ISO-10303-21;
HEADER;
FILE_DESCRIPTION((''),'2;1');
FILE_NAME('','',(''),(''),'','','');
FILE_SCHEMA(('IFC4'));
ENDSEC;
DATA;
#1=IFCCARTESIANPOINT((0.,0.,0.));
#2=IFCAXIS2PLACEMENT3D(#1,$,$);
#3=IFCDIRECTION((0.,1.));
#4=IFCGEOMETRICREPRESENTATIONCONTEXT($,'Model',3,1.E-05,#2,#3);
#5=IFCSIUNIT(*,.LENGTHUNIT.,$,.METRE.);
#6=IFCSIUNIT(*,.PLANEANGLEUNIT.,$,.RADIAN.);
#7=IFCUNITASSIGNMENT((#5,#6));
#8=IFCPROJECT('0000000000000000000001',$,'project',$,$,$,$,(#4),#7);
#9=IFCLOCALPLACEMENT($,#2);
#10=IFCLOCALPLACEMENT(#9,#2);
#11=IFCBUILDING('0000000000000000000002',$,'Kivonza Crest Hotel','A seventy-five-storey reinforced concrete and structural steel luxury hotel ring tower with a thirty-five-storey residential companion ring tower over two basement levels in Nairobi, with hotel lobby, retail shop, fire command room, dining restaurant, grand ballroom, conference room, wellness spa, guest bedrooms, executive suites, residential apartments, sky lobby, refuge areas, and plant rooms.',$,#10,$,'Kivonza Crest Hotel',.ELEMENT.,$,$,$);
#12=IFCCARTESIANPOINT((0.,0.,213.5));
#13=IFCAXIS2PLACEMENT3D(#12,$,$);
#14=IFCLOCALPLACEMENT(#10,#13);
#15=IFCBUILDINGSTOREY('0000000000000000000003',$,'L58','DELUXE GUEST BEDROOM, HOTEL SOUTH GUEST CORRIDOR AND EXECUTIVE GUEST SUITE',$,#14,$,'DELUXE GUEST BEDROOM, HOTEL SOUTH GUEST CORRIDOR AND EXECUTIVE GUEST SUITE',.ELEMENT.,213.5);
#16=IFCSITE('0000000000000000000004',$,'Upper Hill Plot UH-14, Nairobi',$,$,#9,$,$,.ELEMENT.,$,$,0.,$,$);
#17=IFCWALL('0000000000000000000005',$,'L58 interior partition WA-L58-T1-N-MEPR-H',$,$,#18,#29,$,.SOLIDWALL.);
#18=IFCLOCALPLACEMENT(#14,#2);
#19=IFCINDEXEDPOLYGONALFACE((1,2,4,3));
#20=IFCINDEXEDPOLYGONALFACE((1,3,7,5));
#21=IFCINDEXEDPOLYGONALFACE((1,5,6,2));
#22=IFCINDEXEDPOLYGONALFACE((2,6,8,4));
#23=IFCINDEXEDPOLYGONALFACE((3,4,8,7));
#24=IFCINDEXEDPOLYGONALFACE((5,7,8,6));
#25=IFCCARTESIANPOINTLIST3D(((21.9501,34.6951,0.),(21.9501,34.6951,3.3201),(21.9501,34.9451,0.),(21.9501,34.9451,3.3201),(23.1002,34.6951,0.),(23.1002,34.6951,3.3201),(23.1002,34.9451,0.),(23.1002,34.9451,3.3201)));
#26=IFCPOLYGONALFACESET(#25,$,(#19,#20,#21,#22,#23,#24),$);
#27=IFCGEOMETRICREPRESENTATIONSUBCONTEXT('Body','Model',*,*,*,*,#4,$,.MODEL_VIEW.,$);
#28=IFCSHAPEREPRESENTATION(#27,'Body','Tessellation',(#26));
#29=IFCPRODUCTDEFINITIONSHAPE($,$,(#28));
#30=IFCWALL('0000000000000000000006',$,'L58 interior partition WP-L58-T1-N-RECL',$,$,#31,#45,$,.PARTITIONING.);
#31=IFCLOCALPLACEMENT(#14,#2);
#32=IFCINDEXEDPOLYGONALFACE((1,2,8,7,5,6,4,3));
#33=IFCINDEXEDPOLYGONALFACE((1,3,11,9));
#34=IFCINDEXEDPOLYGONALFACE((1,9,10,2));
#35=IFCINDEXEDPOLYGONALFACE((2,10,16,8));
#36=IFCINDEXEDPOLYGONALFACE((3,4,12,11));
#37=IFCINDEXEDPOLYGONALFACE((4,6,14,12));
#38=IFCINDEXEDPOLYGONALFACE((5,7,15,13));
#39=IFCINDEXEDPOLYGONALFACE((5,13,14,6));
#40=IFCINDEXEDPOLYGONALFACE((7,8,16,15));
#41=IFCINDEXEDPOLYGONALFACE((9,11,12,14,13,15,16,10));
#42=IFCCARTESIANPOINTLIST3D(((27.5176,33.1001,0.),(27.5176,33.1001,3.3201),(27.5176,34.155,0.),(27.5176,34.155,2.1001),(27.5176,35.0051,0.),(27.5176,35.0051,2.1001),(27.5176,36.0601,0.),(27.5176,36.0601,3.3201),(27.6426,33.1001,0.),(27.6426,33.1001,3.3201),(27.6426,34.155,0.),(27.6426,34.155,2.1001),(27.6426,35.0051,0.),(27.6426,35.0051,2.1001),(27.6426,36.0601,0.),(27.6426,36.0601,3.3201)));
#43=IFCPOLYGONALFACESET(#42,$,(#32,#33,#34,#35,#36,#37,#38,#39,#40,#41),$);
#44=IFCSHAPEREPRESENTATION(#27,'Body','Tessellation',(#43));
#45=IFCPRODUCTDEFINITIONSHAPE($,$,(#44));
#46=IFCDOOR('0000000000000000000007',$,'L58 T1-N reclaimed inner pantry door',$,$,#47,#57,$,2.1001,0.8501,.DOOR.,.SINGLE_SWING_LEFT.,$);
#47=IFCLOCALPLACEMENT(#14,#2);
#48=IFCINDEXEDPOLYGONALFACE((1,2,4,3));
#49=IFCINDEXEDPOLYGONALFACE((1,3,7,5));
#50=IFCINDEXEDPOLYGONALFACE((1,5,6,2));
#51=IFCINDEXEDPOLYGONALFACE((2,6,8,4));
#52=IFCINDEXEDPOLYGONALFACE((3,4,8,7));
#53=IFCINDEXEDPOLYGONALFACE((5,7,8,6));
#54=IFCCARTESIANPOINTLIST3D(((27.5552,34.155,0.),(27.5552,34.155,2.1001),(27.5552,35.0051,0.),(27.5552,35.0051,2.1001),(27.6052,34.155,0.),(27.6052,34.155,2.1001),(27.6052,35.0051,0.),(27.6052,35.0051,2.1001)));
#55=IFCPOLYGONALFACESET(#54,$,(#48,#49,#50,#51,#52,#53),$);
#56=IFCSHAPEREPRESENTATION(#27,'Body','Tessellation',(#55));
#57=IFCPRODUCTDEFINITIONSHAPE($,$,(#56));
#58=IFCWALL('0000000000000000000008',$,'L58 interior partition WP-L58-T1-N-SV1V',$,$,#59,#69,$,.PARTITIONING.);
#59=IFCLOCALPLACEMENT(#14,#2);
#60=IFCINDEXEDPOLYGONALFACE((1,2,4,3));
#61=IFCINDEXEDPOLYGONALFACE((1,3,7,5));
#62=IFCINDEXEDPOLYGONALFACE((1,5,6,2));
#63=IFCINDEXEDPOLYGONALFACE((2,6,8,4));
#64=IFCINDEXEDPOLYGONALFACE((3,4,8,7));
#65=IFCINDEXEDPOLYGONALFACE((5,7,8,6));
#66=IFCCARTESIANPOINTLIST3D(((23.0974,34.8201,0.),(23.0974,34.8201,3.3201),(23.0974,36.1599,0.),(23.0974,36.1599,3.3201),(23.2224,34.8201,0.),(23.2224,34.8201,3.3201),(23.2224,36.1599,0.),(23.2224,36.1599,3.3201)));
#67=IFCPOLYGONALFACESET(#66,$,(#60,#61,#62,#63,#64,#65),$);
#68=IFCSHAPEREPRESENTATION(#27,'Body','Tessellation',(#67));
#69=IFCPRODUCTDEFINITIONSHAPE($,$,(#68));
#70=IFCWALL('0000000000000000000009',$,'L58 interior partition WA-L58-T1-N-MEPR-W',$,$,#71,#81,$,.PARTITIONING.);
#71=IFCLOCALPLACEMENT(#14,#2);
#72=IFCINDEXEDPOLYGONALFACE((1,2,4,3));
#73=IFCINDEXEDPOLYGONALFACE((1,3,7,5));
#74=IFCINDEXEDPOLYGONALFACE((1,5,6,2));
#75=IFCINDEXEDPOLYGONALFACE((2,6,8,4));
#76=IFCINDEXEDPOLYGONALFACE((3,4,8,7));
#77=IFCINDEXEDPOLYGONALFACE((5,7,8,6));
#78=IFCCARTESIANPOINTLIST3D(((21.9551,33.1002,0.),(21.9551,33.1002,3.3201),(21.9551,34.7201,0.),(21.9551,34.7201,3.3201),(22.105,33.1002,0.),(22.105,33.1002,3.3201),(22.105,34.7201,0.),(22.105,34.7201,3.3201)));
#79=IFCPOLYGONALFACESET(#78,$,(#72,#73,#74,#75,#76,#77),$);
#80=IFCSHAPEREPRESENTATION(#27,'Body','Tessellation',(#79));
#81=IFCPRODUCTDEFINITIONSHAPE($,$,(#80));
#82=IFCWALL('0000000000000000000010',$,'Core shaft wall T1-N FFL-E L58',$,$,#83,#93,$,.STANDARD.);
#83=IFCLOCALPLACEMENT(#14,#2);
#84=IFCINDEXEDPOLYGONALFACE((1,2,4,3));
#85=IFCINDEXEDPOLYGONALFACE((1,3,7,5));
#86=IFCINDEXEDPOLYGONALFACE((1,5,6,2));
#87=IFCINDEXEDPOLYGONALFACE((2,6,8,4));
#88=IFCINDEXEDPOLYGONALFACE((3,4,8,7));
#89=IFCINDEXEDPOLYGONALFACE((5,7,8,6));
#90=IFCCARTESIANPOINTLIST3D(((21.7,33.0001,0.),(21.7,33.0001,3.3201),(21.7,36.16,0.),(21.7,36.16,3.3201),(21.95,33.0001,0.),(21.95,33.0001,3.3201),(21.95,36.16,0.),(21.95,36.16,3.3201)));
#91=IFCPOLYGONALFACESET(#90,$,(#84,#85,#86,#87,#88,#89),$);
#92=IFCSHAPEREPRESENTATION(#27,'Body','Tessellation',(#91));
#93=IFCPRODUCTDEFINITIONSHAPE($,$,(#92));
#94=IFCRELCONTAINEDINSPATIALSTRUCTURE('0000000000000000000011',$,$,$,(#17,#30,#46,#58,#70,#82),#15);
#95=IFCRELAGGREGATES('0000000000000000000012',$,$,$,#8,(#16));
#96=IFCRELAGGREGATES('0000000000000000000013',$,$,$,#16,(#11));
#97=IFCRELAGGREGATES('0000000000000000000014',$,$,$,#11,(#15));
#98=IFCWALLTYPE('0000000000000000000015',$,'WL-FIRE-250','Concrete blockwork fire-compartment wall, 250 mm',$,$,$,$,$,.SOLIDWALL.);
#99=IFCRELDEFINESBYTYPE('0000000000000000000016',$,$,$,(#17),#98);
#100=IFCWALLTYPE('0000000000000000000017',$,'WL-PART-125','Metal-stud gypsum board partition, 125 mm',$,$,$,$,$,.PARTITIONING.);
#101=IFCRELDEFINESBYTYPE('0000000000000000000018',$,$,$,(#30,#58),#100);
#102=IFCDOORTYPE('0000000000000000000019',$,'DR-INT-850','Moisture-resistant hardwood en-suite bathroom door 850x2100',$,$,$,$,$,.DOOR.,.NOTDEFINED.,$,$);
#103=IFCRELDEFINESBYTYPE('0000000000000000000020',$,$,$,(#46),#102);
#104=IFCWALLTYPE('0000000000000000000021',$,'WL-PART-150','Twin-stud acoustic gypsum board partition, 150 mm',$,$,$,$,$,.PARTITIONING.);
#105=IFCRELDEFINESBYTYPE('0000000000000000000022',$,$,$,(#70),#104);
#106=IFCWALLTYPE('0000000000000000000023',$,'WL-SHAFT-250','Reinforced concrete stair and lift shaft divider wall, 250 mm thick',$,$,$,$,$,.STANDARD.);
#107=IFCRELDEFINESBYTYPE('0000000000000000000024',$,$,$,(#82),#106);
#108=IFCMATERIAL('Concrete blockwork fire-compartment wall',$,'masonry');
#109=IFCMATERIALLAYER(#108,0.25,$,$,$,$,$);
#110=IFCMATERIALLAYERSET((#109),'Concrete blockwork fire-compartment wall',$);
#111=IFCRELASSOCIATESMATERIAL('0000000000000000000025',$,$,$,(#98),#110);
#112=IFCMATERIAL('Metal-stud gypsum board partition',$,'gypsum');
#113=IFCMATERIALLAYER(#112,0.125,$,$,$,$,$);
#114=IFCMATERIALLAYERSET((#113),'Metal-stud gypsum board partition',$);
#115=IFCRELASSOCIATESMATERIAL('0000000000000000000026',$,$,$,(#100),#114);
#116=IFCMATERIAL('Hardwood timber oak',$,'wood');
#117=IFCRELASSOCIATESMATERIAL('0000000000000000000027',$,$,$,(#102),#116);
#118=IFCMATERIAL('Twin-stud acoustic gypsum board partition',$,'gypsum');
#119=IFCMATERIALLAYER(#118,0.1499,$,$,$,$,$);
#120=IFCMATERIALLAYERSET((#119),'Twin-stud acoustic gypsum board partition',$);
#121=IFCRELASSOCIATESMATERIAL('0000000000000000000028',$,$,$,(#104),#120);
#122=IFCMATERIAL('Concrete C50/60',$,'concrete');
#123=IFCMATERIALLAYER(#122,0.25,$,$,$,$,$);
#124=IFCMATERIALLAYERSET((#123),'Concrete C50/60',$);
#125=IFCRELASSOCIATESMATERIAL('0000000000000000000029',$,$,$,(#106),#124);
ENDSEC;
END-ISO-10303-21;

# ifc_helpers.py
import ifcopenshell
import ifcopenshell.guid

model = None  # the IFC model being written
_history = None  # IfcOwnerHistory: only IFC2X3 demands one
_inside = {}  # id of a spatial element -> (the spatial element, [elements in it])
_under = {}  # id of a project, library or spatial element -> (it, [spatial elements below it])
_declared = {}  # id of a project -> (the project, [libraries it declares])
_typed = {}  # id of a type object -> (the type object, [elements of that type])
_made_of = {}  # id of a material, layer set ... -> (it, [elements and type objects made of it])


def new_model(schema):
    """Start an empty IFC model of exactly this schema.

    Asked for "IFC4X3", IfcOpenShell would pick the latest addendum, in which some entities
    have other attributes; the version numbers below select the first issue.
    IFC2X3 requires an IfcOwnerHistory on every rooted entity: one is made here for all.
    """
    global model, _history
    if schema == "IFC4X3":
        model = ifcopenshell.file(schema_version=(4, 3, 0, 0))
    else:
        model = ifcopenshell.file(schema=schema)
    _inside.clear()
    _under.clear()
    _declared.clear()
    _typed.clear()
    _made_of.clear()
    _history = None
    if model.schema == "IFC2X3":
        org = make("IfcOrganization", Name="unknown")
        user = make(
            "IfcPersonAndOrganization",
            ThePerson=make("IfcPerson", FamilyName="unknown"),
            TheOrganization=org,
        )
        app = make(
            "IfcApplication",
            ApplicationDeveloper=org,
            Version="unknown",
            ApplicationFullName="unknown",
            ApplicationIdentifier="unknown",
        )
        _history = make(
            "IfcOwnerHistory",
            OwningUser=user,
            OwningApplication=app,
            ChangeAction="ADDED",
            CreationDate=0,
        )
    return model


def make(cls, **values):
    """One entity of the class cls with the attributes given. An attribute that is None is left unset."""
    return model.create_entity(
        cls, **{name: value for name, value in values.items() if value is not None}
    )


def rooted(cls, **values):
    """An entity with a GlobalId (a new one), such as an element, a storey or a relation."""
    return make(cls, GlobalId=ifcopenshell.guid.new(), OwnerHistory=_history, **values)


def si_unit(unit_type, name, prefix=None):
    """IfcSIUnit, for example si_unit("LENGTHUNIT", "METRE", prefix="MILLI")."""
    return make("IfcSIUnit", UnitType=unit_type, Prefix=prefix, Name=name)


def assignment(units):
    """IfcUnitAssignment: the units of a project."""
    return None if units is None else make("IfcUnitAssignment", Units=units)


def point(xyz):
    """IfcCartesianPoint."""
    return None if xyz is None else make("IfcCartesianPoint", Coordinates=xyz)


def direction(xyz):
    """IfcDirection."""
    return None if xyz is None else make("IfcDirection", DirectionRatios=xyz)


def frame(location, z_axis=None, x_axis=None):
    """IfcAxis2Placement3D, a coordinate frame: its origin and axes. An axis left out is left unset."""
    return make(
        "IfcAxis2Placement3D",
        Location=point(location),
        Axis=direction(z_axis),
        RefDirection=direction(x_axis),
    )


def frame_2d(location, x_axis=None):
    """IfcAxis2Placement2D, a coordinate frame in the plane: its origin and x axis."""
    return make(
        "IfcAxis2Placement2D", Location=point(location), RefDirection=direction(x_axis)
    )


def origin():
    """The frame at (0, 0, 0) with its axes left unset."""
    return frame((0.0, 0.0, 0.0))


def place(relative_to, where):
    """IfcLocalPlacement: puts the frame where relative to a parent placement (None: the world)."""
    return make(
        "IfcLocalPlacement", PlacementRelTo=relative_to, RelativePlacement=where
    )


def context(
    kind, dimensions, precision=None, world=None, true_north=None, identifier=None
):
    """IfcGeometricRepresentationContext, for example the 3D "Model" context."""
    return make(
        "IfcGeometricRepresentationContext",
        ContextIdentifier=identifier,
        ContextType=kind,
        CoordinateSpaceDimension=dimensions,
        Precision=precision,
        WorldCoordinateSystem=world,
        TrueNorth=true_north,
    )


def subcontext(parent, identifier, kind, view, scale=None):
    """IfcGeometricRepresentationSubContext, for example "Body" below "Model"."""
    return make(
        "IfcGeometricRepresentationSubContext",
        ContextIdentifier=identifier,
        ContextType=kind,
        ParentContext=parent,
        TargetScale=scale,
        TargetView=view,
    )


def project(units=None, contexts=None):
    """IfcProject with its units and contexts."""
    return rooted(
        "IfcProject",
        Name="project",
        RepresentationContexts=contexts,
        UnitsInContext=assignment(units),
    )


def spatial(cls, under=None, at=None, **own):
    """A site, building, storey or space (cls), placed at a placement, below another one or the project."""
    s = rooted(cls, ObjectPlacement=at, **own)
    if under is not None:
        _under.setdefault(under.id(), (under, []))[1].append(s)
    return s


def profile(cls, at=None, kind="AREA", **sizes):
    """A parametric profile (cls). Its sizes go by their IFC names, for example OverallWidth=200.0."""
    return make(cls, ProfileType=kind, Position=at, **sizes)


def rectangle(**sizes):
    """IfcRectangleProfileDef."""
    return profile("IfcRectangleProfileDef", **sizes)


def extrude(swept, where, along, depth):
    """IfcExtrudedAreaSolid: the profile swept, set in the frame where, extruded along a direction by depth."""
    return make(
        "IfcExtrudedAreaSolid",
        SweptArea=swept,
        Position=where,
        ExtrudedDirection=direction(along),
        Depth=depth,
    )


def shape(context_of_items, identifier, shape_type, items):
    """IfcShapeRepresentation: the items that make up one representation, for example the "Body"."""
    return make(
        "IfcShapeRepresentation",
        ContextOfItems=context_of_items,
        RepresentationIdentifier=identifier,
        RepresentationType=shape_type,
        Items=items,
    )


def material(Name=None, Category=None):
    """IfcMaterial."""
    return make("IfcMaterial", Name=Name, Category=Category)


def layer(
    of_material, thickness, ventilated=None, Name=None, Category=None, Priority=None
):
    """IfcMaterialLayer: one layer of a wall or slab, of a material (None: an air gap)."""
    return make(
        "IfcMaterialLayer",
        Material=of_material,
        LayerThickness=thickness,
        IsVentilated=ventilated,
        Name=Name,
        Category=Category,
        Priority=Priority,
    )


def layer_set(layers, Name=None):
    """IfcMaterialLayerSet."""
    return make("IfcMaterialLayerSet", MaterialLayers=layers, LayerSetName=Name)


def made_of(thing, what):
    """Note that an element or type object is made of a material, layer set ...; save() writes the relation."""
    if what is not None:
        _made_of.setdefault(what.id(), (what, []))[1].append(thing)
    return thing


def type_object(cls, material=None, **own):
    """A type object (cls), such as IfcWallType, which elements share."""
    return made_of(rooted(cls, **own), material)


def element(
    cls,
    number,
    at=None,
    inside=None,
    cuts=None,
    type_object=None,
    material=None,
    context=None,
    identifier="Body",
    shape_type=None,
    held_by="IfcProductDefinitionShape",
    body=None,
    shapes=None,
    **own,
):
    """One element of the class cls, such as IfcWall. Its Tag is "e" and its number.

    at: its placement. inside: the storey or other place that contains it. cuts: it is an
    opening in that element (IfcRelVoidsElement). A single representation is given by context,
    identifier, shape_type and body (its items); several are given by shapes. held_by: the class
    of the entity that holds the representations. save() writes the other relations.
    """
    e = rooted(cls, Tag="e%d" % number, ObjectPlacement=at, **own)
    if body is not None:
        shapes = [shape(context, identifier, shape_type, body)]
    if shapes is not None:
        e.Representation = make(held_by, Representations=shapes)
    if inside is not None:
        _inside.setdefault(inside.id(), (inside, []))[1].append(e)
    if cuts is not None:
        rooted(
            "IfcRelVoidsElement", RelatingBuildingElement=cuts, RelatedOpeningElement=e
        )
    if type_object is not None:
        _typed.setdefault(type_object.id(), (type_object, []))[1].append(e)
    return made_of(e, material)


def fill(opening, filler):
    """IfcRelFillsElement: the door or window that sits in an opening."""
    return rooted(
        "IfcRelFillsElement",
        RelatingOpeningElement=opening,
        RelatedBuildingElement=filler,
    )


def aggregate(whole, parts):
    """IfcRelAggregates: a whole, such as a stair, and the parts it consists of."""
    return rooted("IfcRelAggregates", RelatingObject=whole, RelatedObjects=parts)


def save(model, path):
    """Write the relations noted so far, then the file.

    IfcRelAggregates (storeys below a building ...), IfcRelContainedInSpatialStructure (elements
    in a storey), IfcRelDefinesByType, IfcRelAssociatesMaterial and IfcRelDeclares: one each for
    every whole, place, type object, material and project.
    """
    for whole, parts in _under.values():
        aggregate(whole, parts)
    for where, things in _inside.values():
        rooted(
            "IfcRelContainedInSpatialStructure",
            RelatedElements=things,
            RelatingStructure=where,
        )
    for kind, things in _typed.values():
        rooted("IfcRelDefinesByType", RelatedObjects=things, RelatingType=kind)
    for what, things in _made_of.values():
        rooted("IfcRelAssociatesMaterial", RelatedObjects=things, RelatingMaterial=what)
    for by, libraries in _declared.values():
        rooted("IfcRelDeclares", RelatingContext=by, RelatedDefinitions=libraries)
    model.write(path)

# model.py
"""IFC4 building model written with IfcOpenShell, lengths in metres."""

from ifc_helpers import new_model, si_unit, direction, frame, frame_2d, origin, place, context, subcontext, project, spatial, rectangle, extrude, material, layer, layer_set, type_object, element, fill, save


model = new_model("IFC4")

# Units and contexts
model_context = context("Model", 3, precision=1e-05, world=origin(), true_north=direction((0.0, 1.0)))
body_context = subcontext(model_context, "Body", "Model", "MODEL_VIEW")
ifc_project = project(units=[si_unit("LENGTHUNIT", "METRE"), si_unit("PLANEANGLEUNIT", "RADIAN")], contexts=[model_context])

# Site, building, storey
site_placement = place(None, origin())
site = spatial("IfcSite", under=ifc_project, at=site_placement, Name="Upper Hill Plot UH-14, Nairobi", CompositionType="ELEMENT", RefElevation=0.0)
building_placement = place(site_placement, origin())
building = spatial("IfcBuilding", under=site, at=building_placement, Name="Kivonza Crest Hotel", Description="A seventy-five-storey reinforced concrete and structural steel luxury hotel ring tower with a thirty-five-storey residential companion ring tower over two basement levels in Nairobi, with hotel lobby, retail shop, fire command room, dining restaurant, grand ballroom, conference room, wellness spa, guest bedrooms, executive suites, residential apartments, sky lobby, refuge areas, and plant rooms.", LongName="Kivonza Crest Hotel", CompositionType="ELEMENT")
storey_placement = place(building_placement, frame((0.0, 0.0, 213.5)))
storey = spatial("IfcBuildingStorey", under=building, at=storey_placement, Name="L58", Description="DELUXE GUEST BEDROOM, HOTEL SOUTH GUEST CORRIDOR AND EXECUTIVE GUEST SUITE", LongName="DELUXE GUEST BEDROOM, HOTEL SOUTH GUEST CORRIDOR AND EXECUTIVE GUEST SUITE", CompositionType="ELEMENT", Elevation=213.5)

# Shared definitions
ifc_material_1 = material(Name="Concrete C50/60", Category="concrete")

# Shared definitions
ifc_material_2 = material(Name="Hardwood timber oak", Category="wood")

# Wall
ifc_material_3 = material(Name="Concrete blockwork fire-compartment wall", Category="masonry")
ifc_layer_1 = layer(ifc_material_3, 0.25)
ifc_layer_set_1 = layer_set([ifc_layer_1], Name="Concrete blockwork fire-compartment wall")
wall_type_1 = type_object("IfcWallType", Name="WL-FIRE-250", Description="Concrete blockwork fire-compartment wall, 250 mm", PredefinedType="SOLIDWALL", material=ifc_layer_set_1)
wall_1_placement = place(storey_placement, frame((21.95, 34.8201, 0.0), z_axis=(0.0, 0.0, 1.0), x_axis=(1.0, 0.0, 0.0)))
element("IfcWall", 1, at=wall_1_placement, inside=storey, type_object=wall_type_1, Name="L58 interior partition WA-L58-T1-N-MEPR-H", PredefinedType="SOLIDWALL", context=body_context, shape_type="SweptSolid", body=[
    extrude(rectangle(XDim=1.1501, YDim=0.25, at=frame_2d((0.5752, 0.0))), origin(), (0.0, 0.0, 1.0), 3.3201),
])

# Wall, opening, door
ifc_material_4 = material(Name="Metal-stud gypsum board partition", Category="gypsum")
ifc_layer_2 = layer(ifc_material_4, 0.125)
ifc_layer_set_2 = layer_set([ifc_layer_2], Name="Metal-stud gypsum board partition")
wall_type_2 = type_object("IfcWallType", Name="WL-PART-125", Description="Metal-stud gypsum board partition, 125 mm", PredefinedType="PARTITIONING", material=ifc_layer_set_2)
wall_2_placement = place(storey_placement, frame((27.5801, 33.1001, 0.0), z_axis=(0.0, 0.0, 1.0), x_axis=(0.0, 1.0, 0.0)))
wall_2 = element("IfcWall", 2, at=wall_2_placement, inside=storey, type_object=wall_type_2, Name="L58 interior partition WP-L58-T1-N-RECL", PredefinedType="PARTITIONING", context=body_context, shape_type="SweptSolid", body=[
    extrude(rectangle(XDim=2.96, YDim=0.125, at=frame_2d((1.48, 0.0))), origin(), (0.0, 0.0, 1.0), 3.3201),
])
opening_1_placement = place(wall_2_placement, frame((1.0549, 0.0, 0.0)))
opening_1 = element("IfcOpeningElement", 3, at=opening_1_placement, cuts=wall_2, PredefinedType="OPENING", context=body_context, shape_type="SweptSolid", body=[
    extrude(rectangle(XDim=0.8501, YDim=2.1001, at=frame_2d((0.425, 1.05))), frame((0.0, 0.0725, 0.0), z_axis=(0.0, -1.0, 0.0), x_axis=(1.0, 0.0, 0.0)), (0.0, 0.0, 1.0), 0.145),
])
door_type_1 = type_object("IfcDoorType", Name="DR-INT-850", Description="Moisture-resistant hardwood en-suite bathroom door 850x2100", OperationType="NOTDEFINED", PredefinedType="DOOR", material=ifc_material_2)
door_1_placement = place(opening_1_placement, origin())
door_1 = element("IfcDoor", 4, at=door_1_placement, inside=storey, type_object=door_type_1, Name="L58 T1-N reclaimed inner pantry door", OperationType="SINGLE_SWING_LEFT", OverallHeight=2.1001, OverallWidth=0.8501, PredefinedType="DOOR", context=body_context, shape_type="SweptSolid", body=[
    extrude(rectangle(XDim=0.8501, YDim=2.1001, at=frame_2d((0.425, 1.05))), frame((0.0, 0.0249, 0.0), z_axis=(0.0, -1.0, 0.0), x_axis=(1.0, 0.0, 0.0)), (0.0, 0.0, 1.0), 0.05),
])
fill(opening_1, door_1)

# Walls
wall_3_placement = place(storey_placement, frame((23.1599, 34.8201, 0.0), z_axis=(0.0, 0.0, 1.0), x_axis=(0.0, 1.0, 0.0)))
element("IfcWall", 5, at=wall_3_placement, inside=storey, type_object=wall_type_2, Name="L58 interior partition WP-L58-T1-N-SV1V", PredefinedType="PARTITIONING", context=body_context, shape_type="SweptSolid", body=[
    extrude(rectangle(XDim=1.3398, YDim=0.125, at=frame_2d((0.6699, 0.0))), origin(), (0.0, 0.0, 1.0), 3.3201),
])
ifc_material_5 = material(Name="Twin-stud acoustic gypsum board partition", Category="gypsum")
ifc_layer_3 = layer(ifc_material_5, 0.1499)
ifc_layer_set_3 = layer_set([ifc_layer_3], Name="Twin-stud acoustic gypsum board partition")
wall_type_3 = type_object("IfcWallType", Name="WL-PART-150", Description="Twin-stud acoustic gypsum board partition, 150 mm", PredefinedType="PARTITIONING", material=ifc_layer_set_3)
wall_4_placement = place(storey_placement, frame((22.03, 33.1001, 0.0), z_axis=(0.0, 0.0, 1.0), x_axis=(0.0, 1.0, 0.0)))
element("IfcWall", 6, at=wall_4_placement, inside=storey, type_object=wall_type_3, Name="L58 interior partition WA-L58-T1-N-MEPR-W", PredefinedType="PARTITIONING", context=body_context, shape_type="SweptSolid", body=[
    extrude(rectangle(XDim=1.6199, YDim=0.1499, at=frame_2d((0.8101, 0.0))), origin(), (0.0, 0.0, 1.0), 3.3201),
])

# Shared definitions
ifc_layer_4 = layer(ifc_material_1, 0.25)
ifc_layer_set_4 = layer_set([ifc_layer_4], Name="Concrete C50/60")
wall_type_4 = type_object("IfcWallType", Name="WL-SHAFT-250", Description="Reinforced concrete stair and lift shaft divider wall, 250 mm thick", PredefinedType="STANDARD", material=ifc_layer_set_4)

# Wall
wall_5_placement = place(storey_placement, frame((21.825, 33.0, 0.0), z_axis=(0.0, 0.0, 1.0), x_axis=(0.0, 1.0, 0.0)))
element("IfcWall", 7, at=wall_5_placement, inside=storey, type_object=wall_type_4, Name="Core shaft wall T1-N FFL-E L58", PredefinedType="STANDARD", context=body_context, shape_type="SweptSolid", body=[
    extrude(rectangle(XDim=3.1599, YDim=0.25, at=frame_2d((1.5801, 0.0))), origin(), (0.0, 0.0, 1.0), 3.3201),
])

save(model, "model.ifc")
